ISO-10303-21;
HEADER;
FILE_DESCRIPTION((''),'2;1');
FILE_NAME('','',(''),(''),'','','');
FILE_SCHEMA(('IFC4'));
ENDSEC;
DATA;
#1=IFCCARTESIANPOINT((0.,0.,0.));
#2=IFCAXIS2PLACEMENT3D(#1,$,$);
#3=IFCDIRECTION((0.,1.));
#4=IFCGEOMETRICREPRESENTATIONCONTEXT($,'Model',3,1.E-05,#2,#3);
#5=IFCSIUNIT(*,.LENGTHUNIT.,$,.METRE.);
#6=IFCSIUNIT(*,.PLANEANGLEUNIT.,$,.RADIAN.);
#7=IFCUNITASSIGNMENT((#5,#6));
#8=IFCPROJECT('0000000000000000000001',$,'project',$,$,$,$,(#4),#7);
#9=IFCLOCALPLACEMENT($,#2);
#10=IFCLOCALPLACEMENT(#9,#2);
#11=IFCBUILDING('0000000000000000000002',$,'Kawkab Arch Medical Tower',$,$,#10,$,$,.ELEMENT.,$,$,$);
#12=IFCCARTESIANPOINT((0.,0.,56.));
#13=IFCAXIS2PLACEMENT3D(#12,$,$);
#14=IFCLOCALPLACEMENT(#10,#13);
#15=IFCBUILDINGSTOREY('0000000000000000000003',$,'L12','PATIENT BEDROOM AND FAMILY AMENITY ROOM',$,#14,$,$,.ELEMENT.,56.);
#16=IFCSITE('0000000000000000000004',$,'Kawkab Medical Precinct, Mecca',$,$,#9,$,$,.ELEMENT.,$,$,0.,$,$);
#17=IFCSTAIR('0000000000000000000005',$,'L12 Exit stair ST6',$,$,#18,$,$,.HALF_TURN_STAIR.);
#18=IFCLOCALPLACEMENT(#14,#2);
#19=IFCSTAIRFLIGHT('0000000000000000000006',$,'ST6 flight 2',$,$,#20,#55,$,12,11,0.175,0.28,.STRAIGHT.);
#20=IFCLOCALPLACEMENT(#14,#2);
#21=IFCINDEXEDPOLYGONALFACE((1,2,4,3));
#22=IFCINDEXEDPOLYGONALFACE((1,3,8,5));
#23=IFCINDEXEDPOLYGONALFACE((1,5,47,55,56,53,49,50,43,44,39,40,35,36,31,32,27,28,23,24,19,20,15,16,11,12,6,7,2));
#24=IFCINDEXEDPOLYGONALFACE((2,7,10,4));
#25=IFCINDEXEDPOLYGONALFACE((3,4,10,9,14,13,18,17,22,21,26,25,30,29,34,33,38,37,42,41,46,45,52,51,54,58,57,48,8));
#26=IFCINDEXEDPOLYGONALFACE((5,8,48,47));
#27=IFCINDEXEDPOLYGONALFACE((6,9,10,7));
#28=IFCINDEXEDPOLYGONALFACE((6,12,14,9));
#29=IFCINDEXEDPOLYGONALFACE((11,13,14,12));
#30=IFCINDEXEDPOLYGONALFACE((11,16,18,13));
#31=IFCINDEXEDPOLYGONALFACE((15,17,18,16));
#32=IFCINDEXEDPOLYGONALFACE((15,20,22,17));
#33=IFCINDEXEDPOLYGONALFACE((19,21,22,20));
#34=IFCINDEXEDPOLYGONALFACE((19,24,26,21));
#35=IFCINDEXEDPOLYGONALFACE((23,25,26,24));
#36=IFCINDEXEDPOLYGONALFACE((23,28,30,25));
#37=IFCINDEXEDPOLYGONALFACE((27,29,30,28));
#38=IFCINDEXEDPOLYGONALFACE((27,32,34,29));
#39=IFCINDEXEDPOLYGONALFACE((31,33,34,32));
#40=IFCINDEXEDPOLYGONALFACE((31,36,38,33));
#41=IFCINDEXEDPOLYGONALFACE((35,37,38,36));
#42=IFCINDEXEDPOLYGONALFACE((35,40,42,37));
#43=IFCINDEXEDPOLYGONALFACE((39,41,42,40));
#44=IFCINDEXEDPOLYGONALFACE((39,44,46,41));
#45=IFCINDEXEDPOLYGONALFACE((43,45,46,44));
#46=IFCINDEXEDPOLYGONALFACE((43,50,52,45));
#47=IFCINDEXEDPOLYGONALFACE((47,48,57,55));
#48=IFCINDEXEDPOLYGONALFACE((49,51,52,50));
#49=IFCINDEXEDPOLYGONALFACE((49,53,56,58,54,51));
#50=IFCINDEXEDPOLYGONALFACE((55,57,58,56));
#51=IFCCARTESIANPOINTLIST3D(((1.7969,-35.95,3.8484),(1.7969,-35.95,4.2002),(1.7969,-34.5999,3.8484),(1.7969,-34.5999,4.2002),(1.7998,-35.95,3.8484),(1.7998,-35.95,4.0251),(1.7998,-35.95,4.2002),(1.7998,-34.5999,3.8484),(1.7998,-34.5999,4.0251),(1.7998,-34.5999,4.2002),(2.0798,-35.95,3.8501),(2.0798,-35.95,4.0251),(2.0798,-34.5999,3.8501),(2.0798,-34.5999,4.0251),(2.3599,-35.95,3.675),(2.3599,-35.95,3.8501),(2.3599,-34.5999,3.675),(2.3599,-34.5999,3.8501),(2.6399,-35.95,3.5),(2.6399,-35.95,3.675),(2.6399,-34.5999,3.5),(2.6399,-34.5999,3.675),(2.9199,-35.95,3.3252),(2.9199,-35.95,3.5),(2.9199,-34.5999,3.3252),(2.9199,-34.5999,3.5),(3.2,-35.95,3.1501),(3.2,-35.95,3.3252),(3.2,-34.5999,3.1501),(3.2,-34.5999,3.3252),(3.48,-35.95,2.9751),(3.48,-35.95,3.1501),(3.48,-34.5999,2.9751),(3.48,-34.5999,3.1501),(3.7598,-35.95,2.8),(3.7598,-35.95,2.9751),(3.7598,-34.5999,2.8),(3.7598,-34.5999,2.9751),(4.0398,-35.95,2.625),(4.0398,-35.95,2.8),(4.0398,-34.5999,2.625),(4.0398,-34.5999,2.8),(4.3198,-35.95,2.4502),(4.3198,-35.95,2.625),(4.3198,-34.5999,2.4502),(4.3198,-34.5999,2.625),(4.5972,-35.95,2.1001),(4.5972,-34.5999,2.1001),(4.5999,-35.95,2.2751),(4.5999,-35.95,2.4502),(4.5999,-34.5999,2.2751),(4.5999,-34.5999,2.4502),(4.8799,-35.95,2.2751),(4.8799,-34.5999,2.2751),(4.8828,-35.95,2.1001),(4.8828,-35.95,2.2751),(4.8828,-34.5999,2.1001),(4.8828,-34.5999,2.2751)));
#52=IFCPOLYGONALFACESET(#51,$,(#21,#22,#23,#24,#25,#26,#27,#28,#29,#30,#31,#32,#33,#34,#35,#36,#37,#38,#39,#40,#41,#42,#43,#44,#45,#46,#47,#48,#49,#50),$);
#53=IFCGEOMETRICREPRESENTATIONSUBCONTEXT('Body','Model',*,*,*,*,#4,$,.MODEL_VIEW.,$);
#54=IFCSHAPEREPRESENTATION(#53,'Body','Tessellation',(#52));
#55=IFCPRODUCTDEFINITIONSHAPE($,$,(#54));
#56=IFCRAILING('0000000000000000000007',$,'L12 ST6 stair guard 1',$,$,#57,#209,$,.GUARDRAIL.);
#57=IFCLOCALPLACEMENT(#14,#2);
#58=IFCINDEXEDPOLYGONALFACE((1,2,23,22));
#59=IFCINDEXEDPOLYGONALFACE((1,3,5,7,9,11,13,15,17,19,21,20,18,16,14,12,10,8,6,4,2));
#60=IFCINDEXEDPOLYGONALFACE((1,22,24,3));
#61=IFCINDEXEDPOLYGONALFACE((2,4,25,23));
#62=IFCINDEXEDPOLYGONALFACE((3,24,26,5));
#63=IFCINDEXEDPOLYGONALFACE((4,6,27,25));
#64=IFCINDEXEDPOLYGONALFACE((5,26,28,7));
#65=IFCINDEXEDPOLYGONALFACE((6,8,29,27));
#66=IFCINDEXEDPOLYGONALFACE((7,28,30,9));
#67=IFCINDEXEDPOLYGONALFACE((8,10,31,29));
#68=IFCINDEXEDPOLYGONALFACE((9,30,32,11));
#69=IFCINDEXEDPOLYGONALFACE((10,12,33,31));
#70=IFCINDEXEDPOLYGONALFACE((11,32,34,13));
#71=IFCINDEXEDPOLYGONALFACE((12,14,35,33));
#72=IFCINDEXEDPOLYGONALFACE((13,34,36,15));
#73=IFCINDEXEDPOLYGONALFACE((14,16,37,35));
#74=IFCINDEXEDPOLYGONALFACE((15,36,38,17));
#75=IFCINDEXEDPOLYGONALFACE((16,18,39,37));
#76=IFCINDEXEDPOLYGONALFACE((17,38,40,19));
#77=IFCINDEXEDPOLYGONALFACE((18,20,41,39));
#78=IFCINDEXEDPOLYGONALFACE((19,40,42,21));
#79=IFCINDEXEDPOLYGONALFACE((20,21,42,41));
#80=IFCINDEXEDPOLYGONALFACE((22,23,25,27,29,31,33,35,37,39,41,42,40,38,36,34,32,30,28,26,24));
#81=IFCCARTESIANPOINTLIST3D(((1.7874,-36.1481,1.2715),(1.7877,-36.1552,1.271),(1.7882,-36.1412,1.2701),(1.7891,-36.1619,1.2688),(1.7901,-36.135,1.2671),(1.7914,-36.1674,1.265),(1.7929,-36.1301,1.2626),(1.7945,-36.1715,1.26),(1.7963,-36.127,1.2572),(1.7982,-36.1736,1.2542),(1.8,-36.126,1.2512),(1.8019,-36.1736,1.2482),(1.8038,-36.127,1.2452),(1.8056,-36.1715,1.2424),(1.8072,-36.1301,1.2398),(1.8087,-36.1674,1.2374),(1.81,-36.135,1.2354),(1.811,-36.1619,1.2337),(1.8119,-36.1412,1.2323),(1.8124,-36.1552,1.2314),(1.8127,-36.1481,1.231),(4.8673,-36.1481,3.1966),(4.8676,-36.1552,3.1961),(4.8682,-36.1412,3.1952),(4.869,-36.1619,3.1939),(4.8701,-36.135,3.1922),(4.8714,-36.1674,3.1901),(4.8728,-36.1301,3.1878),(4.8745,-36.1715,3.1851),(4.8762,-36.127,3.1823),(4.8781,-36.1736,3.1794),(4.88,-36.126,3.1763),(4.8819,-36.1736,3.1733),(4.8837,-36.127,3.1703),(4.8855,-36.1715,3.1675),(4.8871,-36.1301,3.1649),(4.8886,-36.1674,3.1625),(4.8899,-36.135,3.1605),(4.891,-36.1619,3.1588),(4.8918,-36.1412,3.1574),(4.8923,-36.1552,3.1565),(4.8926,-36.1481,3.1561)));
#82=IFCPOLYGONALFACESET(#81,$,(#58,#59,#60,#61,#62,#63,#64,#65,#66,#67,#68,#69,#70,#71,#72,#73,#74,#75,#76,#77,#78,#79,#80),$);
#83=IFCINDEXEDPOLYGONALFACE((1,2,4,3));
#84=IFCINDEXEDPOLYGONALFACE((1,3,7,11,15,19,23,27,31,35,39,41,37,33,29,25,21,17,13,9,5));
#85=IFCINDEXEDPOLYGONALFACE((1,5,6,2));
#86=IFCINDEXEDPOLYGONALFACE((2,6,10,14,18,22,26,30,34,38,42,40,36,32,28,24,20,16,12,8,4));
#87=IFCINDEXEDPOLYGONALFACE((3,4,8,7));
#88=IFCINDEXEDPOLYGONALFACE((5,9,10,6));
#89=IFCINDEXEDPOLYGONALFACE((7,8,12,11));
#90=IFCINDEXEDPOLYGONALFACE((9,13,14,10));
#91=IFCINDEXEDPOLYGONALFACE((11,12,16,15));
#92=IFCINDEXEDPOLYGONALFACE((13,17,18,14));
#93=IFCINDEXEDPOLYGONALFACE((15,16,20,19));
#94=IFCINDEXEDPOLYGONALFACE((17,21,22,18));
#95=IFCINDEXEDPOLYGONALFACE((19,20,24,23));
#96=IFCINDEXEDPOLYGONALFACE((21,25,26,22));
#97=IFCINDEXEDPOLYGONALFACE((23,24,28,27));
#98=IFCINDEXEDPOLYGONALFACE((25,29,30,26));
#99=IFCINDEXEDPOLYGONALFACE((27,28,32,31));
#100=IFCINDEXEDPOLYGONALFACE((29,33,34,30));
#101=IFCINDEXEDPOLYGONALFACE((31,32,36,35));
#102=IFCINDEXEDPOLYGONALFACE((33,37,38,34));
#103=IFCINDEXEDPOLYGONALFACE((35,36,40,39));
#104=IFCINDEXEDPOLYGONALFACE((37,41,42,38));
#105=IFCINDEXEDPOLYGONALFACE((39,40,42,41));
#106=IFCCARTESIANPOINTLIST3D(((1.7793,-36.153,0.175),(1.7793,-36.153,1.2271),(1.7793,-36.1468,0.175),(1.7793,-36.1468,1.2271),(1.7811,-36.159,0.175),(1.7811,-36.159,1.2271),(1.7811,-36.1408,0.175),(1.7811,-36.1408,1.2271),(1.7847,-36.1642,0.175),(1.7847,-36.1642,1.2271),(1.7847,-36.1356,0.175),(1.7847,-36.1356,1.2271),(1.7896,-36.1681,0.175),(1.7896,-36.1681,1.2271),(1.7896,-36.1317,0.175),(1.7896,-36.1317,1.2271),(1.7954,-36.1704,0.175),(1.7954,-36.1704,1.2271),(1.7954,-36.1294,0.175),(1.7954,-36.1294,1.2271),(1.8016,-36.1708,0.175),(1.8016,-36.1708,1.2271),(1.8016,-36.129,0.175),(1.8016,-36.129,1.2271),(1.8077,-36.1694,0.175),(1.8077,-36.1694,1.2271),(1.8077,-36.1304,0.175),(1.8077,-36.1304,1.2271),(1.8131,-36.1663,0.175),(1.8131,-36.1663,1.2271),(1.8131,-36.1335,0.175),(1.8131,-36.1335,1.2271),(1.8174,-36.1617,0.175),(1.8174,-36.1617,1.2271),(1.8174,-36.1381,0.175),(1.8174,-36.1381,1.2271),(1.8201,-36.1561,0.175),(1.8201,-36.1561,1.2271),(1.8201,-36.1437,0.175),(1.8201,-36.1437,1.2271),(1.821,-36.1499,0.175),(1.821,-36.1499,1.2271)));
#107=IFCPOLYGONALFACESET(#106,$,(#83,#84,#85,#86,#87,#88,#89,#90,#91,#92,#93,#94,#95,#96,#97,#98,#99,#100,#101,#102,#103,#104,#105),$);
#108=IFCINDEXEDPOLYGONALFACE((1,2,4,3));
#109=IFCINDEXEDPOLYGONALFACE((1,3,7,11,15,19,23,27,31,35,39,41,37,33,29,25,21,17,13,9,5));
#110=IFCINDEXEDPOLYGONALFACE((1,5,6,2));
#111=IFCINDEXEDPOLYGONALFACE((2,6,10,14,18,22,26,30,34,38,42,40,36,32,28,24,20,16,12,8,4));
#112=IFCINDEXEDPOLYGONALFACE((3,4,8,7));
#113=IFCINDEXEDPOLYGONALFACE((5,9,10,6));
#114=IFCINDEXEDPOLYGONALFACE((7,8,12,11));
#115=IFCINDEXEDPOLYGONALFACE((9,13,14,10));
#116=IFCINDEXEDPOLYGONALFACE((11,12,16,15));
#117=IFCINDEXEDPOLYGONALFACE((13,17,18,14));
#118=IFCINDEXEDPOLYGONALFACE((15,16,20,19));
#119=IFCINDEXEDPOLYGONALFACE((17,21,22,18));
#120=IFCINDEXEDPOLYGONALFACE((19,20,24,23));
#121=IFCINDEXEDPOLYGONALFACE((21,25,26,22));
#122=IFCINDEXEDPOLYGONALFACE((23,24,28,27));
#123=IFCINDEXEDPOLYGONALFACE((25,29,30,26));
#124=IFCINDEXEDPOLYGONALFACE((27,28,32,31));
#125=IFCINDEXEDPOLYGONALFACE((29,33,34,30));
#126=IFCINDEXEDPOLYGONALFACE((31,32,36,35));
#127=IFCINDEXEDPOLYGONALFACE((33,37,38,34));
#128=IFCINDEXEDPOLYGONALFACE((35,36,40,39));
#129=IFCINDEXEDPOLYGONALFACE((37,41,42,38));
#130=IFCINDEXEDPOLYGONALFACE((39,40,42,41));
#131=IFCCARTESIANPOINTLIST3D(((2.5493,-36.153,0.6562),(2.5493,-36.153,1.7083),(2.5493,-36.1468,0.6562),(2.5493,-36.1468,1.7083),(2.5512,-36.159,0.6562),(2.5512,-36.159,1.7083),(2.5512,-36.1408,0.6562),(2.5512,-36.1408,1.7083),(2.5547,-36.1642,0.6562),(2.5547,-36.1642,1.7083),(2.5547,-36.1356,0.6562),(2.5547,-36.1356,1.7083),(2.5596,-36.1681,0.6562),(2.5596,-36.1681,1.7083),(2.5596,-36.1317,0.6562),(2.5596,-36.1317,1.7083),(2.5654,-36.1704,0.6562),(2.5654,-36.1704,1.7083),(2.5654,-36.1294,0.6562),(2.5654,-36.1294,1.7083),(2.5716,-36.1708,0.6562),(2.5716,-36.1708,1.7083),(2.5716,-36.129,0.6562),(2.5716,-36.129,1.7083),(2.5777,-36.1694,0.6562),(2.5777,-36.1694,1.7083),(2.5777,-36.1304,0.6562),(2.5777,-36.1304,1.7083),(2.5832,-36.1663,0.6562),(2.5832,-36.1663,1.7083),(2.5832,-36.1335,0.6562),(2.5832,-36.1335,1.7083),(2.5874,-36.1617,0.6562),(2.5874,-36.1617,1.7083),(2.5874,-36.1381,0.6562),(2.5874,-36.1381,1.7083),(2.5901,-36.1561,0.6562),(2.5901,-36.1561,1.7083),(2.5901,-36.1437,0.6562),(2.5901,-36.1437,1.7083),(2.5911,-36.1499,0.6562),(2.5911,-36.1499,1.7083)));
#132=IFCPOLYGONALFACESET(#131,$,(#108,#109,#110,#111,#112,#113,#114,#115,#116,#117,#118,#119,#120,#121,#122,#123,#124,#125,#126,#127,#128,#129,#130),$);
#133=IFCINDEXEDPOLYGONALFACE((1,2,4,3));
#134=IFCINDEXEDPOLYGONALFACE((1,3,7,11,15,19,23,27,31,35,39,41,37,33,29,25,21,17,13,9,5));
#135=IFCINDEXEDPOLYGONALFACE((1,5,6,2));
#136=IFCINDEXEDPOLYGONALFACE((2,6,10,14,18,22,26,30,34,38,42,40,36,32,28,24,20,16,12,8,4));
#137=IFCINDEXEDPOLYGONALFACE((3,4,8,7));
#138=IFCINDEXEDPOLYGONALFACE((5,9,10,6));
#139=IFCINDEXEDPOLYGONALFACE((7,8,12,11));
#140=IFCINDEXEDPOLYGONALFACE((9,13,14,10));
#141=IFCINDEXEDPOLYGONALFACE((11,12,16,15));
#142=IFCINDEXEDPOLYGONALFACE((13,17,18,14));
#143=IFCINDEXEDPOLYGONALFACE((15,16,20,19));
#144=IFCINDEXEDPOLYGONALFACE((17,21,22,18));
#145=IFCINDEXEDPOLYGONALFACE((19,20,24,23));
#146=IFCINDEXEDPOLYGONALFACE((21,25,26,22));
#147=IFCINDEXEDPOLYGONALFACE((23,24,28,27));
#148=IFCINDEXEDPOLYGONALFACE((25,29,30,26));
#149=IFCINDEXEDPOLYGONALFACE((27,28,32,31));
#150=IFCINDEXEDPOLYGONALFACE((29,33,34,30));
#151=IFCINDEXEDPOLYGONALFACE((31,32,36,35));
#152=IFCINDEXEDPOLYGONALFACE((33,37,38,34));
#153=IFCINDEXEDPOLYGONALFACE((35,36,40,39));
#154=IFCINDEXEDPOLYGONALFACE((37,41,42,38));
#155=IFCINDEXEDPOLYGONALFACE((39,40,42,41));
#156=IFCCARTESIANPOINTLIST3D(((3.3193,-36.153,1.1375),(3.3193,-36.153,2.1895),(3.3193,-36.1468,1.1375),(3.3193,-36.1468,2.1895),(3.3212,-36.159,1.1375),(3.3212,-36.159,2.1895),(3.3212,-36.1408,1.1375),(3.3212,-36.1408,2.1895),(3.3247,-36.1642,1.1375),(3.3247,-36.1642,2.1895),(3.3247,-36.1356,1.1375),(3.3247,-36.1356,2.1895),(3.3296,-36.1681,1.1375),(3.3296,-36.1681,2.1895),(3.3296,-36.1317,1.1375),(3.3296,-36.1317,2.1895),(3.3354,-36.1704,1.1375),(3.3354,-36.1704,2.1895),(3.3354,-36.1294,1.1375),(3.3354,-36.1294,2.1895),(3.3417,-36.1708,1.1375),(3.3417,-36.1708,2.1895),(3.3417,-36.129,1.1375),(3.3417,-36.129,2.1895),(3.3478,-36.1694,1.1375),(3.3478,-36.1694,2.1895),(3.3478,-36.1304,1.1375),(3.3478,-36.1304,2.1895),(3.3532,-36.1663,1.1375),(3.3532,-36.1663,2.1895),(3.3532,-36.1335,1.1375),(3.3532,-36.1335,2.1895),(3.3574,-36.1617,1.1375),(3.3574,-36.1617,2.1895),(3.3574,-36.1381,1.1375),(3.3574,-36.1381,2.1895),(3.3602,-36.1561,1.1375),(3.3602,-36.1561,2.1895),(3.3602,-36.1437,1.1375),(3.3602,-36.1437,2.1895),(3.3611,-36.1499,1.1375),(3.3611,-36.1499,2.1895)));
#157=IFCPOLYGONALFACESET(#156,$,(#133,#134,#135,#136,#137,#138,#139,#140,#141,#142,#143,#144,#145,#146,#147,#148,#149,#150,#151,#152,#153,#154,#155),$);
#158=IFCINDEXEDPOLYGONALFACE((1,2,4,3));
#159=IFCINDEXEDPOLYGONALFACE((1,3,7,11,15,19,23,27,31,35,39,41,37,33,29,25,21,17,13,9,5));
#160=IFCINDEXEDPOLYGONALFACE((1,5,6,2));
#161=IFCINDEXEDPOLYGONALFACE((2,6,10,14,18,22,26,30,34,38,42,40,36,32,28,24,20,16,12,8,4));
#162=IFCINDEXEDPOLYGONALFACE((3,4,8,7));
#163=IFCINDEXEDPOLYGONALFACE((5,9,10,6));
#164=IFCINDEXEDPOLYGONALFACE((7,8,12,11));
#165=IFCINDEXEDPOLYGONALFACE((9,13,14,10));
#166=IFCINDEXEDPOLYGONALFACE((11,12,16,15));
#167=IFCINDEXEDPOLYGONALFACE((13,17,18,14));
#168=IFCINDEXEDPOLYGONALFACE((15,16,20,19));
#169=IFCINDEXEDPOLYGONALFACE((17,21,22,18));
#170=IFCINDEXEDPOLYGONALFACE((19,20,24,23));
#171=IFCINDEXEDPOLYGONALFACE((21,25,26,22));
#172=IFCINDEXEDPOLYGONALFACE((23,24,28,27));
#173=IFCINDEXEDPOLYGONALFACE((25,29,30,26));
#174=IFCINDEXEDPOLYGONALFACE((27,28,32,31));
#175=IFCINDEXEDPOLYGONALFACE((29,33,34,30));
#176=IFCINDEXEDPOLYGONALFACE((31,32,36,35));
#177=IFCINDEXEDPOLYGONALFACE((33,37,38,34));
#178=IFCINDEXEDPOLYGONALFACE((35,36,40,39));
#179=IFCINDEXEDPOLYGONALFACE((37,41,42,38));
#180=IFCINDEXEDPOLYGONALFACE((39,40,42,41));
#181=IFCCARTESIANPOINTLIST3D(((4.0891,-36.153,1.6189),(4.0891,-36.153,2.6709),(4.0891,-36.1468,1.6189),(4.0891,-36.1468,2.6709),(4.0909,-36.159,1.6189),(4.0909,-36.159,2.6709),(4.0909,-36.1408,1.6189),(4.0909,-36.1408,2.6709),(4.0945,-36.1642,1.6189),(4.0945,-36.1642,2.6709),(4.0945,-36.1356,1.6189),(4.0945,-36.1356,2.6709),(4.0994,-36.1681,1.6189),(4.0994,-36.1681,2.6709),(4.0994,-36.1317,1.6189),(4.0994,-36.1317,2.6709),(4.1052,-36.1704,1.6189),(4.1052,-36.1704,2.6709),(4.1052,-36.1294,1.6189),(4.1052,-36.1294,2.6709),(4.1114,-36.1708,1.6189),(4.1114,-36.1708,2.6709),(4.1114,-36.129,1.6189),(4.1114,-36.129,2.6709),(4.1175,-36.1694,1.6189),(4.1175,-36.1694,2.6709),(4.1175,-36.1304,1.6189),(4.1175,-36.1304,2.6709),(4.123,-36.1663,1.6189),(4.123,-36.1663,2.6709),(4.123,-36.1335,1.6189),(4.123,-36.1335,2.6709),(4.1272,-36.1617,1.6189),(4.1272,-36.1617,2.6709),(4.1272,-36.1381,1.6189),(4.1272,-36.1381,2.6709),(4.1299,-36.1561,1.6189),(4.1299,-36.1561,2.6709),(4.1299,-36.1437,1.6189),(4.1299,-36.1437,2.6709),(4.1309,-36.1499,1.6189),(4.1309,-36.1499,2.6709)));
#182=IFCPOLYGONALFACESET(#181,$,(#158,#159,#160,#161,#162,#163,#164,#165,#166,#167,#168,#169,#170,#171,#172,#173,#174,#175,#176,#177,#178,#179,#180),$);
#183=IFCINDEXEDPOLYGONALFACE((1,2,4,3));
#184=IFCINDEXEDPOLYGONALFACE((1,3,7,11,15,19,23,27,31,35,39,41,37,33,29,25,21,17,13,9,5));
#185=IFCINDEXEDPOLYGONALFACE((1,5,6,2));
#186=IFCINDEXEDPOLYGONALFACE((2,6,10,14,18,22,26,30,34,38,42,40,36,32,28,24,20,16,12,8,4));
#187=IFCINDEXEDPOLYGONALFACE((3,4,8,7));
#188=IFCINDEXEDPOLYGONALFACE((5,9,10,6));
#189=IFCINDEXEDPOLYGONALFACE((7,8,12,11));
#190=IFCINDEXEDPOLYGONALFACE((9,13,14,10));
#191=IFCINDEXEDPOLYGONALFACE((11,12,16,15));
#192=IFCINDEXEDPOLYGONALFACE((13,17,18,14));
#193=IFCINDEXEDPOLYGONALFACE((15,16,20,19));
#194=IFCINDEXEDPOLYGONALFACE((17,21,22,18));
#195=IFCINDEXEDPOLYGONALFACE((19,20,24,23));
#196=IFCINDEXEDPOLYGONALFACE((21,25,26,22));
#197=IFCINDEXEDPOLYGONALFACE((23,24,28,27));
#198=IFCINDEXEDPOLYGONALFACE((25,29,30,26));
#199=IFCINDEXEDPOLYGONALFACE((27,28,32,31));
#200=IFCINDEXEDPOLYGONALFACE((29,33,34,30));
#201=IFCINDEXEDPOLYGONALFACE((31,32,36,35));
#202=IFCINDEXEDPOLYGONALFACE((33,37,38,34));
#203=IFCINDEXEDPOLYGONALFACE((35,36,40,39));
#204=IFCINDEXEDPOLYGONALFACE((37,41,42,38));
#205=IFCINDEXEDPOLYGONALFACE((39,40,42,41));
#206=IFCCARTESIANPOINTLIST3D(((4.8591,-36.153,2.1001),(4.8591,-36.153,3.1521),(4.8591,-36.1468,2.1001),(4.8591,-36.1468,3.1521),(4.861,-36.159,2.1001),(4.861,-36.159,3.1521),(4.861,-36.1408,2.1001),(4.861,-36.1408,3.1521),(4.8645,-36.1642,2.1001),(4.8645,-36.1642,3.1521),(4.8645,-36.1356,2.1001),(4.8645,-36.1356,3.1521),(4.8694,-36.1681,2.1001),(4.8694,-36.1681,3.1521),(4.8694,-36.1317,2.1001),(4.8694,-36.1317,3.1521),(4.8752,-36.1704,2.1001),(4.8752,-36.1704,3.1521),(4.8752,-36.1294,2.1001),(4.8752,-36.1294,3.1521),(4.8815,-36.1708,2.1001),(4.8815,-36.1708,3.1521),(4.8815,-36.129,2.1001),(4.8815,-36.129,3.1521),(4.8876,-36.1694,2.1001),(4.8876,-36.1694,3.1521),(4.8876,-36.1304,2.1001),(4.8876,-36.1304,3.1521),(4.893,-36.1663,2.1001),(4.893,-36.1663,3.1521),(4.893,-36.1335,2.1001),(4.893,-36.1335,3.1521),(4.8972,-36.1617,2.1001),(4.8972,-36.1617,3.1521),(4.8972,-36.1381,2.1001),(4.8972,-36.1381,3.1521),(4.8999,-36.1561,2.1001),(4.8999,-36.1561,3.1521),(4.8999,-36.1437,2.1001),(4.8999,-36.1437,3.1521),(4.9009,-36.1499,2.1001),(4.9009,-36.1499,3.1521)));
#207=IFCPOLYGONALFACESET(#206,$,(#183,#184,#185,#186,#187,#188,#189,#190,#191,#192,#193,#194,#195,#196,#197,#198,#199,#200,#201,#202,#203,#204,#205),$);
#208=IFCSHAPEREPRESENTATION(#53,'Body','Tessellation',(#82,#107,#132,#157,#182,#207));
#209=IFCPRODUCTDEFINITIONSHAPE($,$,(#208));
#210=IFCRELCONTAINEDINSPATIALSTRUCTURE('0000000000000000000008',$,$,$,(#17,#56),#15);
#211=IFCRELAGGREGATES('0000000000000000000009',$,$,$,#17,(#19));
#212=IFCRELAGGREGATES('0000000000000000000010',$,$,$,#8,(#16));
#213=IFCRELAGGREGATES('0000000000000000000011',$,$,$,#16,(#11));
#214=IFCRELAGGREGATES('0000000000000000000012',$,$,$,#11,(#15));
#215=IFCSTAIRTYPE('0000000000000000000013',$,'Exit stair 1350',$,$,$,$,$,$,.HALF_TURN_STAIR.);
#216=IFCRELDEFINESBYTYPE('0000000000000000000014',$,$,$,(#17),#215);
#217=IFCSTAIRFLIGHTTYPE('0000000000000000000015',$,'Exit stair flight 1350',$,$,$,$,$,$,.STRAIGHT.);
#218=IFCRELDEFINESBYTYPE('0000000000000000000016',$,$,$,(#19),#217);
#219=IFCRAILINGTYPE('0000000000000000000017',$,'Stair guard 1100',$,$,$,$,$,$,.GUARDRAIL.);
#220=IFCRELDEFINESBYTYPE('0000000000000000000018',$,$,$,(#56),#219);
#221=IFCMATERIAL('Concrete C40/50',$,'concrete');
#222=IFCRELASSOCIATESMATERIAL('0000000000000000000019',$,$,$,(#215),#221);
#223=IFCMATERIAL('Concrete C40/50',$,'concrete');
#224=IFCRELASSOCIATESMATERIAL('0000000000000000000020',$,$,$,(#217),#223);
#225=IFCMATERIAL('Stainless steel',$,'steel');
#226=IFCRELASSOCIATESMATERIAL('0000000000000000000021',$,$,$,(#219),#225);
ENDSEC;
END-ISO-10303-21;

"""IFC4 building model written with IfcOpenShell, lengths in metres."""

from ifc_helpers import new_model, si_unit, direction, frame, origin, origin_2d, place, context, subcontext, project, spatial, polyline, circle, outline, extrude, material, type_object, element, aggregate, save


model = new_model("IFC4")

# Units and contexts
model_context = context("Model", 3, precision=1e-05, world=origin(), true_north=direction((0.0, 1.0)))
body_context = subcontext(model_context, "Body", "Model", "MODEL_VIEW")
ifc_project = project(units=[si_unit("LENGTHUNIT", "METRE"), si_unit("PLANEANGLEUNIT", "RADIAN")], contexts=[model_context])

# Site, building, storey
site_placement = place(None, origin())
site = spatial("IfcSite", under=ifc_project, at=site_placement, Name="Kawkab Medical Precinct, Mecca", CompositionType="ELEMENT", RefElevation=0.0)
building_placement = place(site_placement, origin())
building = spatial("IfcBuilding", under=site, at=building_placement, Name="Kawkab Arch Medical Tower", CompositionType="ELEMENT")
storey_placement = place(building_placement, frame((0.0, 0.0, 56.0)))
storey = spatial("IfcBuildingStorey", under=building, at=storey_placement, Name="L12", Description="PATIENT BEDROOM AND FAMILY AMENITY ROOM", CompositionType="ELEMENT", Elevation=56.0)

# Stair, stair flight
ifc_material_1 = material(Name="Concrete C40/50", Category="concrete")
stair_type = type_object("IfcStairType", Name="Exit stair 1350", PredefinedType="HALF_TURN_STAIR", material=ifc_material_1)
stair_placement = place(storey_placement, origin())
stair = element("IfcStair", 1, at=stair_placement, inside=storey, type_object=stair_type, Name="L12 Exit stair ST6", PredefinedType="HALF_TURN_STAIR")
ifc_material_2 = material(Name="Concrete C40/50", Category="concrete")
stair_flight_type = type_object("IfcStairFlightType", Name="Exit stair flight 1350", PredefinedType="STRAIGHT", material=ifc_material_2)
stair_flight_1_placement = place(storey_placement, frame((4.8799, -35.2749, 2.1001), z_axis=(0.0, 0.0, 1.0), x_axis=(-1.0, 0.0, 0.0)))
stair_flight_1 = element("IfcStairFlight", 2, at=stair_flight_1_placement, type_object=stair_flight_type, Name="ST6 flight 2", NumberOfRisers=12, NumberOfTreads=11, PredefinedType="STRAIGHT", RiserHeight=0.175, TreadLength=0.28, context=body_context, shape_type="SweptSolid", body=[
    extrude(outline(polyline([(-0.0029, 0.0), (-0.0029, 0.175), (0.0, 0.175), (0.28, 0.175), (0.28, 0.3501), (0.5601, 0.3501), (0.5601, 0.5249), (0.8401, 0.5249), (0.8401, 0.7), (1.1201, 0.7), (1.1201, 0.875), (1.3999, 0.875), (1.3999, 1.05), (1.6799, 1.05), (1.6799, 1.2251), (1.96, 1.2251), (1.96, 1.3999), (2.24, 1.3999), (2.24, 1.575), (2.52, 1.575), (2.52, 1.75), (2.8, 1.75), (2.8, 1.925), (3.0801, 1.925), (3.0801, 2.1001), (3.083, 2.1001), (3.083, 1.7483), (3.0801, 1.7483), (0.2827, 0.0), (-0.0029, 0.0)])), frame((0.0, 0.675, 0.0), z_axis=(0.0, -1.0, 0.0), x_axis=(1.0, 0.0, 0.0)), (0.0, 0.0, 1.0), 1.3501),
])
aggregate(stair, [stair_flight_1])

# Railing
ifc_material_3 = material(Name="Stainless steel", Category="steel")
railing_type = type_object("IfcRailingType", Name="Stair guard 1100", PredefinedType="GUARDRAIL", material=ifc_material_3)
railing_1_placement = place(storey_placement, frame((1.8, -36.1499, 0.175)))
element("IfcRailing", 3, at=railing_1_placement, inside=storey, type_object=railing_type, Name="L12 ST6 stair guard 1", PredefinedType="GUARDRAIL", context=body_context, shape_type="SweptSolid", body=[
    extrude(circle(Radius=0.0239, at=origin_2d()), frame((0.0, 0.0, 1.0762), z_axis=(0.847979, 0.0, 0.530029), x_axis=(0.0, 1.0, 0.0)), (0.0, 0.0, 1.0), 3.6321),
    extrude(circle(Radius=0.021, at=origin_2d()), origin(), (0.0, 0.0, 1.0), 1.052),
    extrude(circle(Radius=0.021, at=origin_2d()), frame((0.77, 0.0, 0.4812)), (0.0, 0.0, 1.0), 1.052),
    extrude(circle(Radius=0.021, at=origin_2d()), frame((1.54, 0.0, 0.9624)), (0.0, 0.0, 1.0), 1.052),
    extrude(circle(Radius=0.021, at=origin_2d()), frame((2.3098, 0.0, 1.4438)), (0.0, 0.0, 1.0), 1.052),
    extrude(circle(Radius=0.021, at=origin_2d()), frame((3.0798, 0.0, 1.925)), (0.0, 0.0, 1.0), 1.052),
])

save(model, "model.ifc")
